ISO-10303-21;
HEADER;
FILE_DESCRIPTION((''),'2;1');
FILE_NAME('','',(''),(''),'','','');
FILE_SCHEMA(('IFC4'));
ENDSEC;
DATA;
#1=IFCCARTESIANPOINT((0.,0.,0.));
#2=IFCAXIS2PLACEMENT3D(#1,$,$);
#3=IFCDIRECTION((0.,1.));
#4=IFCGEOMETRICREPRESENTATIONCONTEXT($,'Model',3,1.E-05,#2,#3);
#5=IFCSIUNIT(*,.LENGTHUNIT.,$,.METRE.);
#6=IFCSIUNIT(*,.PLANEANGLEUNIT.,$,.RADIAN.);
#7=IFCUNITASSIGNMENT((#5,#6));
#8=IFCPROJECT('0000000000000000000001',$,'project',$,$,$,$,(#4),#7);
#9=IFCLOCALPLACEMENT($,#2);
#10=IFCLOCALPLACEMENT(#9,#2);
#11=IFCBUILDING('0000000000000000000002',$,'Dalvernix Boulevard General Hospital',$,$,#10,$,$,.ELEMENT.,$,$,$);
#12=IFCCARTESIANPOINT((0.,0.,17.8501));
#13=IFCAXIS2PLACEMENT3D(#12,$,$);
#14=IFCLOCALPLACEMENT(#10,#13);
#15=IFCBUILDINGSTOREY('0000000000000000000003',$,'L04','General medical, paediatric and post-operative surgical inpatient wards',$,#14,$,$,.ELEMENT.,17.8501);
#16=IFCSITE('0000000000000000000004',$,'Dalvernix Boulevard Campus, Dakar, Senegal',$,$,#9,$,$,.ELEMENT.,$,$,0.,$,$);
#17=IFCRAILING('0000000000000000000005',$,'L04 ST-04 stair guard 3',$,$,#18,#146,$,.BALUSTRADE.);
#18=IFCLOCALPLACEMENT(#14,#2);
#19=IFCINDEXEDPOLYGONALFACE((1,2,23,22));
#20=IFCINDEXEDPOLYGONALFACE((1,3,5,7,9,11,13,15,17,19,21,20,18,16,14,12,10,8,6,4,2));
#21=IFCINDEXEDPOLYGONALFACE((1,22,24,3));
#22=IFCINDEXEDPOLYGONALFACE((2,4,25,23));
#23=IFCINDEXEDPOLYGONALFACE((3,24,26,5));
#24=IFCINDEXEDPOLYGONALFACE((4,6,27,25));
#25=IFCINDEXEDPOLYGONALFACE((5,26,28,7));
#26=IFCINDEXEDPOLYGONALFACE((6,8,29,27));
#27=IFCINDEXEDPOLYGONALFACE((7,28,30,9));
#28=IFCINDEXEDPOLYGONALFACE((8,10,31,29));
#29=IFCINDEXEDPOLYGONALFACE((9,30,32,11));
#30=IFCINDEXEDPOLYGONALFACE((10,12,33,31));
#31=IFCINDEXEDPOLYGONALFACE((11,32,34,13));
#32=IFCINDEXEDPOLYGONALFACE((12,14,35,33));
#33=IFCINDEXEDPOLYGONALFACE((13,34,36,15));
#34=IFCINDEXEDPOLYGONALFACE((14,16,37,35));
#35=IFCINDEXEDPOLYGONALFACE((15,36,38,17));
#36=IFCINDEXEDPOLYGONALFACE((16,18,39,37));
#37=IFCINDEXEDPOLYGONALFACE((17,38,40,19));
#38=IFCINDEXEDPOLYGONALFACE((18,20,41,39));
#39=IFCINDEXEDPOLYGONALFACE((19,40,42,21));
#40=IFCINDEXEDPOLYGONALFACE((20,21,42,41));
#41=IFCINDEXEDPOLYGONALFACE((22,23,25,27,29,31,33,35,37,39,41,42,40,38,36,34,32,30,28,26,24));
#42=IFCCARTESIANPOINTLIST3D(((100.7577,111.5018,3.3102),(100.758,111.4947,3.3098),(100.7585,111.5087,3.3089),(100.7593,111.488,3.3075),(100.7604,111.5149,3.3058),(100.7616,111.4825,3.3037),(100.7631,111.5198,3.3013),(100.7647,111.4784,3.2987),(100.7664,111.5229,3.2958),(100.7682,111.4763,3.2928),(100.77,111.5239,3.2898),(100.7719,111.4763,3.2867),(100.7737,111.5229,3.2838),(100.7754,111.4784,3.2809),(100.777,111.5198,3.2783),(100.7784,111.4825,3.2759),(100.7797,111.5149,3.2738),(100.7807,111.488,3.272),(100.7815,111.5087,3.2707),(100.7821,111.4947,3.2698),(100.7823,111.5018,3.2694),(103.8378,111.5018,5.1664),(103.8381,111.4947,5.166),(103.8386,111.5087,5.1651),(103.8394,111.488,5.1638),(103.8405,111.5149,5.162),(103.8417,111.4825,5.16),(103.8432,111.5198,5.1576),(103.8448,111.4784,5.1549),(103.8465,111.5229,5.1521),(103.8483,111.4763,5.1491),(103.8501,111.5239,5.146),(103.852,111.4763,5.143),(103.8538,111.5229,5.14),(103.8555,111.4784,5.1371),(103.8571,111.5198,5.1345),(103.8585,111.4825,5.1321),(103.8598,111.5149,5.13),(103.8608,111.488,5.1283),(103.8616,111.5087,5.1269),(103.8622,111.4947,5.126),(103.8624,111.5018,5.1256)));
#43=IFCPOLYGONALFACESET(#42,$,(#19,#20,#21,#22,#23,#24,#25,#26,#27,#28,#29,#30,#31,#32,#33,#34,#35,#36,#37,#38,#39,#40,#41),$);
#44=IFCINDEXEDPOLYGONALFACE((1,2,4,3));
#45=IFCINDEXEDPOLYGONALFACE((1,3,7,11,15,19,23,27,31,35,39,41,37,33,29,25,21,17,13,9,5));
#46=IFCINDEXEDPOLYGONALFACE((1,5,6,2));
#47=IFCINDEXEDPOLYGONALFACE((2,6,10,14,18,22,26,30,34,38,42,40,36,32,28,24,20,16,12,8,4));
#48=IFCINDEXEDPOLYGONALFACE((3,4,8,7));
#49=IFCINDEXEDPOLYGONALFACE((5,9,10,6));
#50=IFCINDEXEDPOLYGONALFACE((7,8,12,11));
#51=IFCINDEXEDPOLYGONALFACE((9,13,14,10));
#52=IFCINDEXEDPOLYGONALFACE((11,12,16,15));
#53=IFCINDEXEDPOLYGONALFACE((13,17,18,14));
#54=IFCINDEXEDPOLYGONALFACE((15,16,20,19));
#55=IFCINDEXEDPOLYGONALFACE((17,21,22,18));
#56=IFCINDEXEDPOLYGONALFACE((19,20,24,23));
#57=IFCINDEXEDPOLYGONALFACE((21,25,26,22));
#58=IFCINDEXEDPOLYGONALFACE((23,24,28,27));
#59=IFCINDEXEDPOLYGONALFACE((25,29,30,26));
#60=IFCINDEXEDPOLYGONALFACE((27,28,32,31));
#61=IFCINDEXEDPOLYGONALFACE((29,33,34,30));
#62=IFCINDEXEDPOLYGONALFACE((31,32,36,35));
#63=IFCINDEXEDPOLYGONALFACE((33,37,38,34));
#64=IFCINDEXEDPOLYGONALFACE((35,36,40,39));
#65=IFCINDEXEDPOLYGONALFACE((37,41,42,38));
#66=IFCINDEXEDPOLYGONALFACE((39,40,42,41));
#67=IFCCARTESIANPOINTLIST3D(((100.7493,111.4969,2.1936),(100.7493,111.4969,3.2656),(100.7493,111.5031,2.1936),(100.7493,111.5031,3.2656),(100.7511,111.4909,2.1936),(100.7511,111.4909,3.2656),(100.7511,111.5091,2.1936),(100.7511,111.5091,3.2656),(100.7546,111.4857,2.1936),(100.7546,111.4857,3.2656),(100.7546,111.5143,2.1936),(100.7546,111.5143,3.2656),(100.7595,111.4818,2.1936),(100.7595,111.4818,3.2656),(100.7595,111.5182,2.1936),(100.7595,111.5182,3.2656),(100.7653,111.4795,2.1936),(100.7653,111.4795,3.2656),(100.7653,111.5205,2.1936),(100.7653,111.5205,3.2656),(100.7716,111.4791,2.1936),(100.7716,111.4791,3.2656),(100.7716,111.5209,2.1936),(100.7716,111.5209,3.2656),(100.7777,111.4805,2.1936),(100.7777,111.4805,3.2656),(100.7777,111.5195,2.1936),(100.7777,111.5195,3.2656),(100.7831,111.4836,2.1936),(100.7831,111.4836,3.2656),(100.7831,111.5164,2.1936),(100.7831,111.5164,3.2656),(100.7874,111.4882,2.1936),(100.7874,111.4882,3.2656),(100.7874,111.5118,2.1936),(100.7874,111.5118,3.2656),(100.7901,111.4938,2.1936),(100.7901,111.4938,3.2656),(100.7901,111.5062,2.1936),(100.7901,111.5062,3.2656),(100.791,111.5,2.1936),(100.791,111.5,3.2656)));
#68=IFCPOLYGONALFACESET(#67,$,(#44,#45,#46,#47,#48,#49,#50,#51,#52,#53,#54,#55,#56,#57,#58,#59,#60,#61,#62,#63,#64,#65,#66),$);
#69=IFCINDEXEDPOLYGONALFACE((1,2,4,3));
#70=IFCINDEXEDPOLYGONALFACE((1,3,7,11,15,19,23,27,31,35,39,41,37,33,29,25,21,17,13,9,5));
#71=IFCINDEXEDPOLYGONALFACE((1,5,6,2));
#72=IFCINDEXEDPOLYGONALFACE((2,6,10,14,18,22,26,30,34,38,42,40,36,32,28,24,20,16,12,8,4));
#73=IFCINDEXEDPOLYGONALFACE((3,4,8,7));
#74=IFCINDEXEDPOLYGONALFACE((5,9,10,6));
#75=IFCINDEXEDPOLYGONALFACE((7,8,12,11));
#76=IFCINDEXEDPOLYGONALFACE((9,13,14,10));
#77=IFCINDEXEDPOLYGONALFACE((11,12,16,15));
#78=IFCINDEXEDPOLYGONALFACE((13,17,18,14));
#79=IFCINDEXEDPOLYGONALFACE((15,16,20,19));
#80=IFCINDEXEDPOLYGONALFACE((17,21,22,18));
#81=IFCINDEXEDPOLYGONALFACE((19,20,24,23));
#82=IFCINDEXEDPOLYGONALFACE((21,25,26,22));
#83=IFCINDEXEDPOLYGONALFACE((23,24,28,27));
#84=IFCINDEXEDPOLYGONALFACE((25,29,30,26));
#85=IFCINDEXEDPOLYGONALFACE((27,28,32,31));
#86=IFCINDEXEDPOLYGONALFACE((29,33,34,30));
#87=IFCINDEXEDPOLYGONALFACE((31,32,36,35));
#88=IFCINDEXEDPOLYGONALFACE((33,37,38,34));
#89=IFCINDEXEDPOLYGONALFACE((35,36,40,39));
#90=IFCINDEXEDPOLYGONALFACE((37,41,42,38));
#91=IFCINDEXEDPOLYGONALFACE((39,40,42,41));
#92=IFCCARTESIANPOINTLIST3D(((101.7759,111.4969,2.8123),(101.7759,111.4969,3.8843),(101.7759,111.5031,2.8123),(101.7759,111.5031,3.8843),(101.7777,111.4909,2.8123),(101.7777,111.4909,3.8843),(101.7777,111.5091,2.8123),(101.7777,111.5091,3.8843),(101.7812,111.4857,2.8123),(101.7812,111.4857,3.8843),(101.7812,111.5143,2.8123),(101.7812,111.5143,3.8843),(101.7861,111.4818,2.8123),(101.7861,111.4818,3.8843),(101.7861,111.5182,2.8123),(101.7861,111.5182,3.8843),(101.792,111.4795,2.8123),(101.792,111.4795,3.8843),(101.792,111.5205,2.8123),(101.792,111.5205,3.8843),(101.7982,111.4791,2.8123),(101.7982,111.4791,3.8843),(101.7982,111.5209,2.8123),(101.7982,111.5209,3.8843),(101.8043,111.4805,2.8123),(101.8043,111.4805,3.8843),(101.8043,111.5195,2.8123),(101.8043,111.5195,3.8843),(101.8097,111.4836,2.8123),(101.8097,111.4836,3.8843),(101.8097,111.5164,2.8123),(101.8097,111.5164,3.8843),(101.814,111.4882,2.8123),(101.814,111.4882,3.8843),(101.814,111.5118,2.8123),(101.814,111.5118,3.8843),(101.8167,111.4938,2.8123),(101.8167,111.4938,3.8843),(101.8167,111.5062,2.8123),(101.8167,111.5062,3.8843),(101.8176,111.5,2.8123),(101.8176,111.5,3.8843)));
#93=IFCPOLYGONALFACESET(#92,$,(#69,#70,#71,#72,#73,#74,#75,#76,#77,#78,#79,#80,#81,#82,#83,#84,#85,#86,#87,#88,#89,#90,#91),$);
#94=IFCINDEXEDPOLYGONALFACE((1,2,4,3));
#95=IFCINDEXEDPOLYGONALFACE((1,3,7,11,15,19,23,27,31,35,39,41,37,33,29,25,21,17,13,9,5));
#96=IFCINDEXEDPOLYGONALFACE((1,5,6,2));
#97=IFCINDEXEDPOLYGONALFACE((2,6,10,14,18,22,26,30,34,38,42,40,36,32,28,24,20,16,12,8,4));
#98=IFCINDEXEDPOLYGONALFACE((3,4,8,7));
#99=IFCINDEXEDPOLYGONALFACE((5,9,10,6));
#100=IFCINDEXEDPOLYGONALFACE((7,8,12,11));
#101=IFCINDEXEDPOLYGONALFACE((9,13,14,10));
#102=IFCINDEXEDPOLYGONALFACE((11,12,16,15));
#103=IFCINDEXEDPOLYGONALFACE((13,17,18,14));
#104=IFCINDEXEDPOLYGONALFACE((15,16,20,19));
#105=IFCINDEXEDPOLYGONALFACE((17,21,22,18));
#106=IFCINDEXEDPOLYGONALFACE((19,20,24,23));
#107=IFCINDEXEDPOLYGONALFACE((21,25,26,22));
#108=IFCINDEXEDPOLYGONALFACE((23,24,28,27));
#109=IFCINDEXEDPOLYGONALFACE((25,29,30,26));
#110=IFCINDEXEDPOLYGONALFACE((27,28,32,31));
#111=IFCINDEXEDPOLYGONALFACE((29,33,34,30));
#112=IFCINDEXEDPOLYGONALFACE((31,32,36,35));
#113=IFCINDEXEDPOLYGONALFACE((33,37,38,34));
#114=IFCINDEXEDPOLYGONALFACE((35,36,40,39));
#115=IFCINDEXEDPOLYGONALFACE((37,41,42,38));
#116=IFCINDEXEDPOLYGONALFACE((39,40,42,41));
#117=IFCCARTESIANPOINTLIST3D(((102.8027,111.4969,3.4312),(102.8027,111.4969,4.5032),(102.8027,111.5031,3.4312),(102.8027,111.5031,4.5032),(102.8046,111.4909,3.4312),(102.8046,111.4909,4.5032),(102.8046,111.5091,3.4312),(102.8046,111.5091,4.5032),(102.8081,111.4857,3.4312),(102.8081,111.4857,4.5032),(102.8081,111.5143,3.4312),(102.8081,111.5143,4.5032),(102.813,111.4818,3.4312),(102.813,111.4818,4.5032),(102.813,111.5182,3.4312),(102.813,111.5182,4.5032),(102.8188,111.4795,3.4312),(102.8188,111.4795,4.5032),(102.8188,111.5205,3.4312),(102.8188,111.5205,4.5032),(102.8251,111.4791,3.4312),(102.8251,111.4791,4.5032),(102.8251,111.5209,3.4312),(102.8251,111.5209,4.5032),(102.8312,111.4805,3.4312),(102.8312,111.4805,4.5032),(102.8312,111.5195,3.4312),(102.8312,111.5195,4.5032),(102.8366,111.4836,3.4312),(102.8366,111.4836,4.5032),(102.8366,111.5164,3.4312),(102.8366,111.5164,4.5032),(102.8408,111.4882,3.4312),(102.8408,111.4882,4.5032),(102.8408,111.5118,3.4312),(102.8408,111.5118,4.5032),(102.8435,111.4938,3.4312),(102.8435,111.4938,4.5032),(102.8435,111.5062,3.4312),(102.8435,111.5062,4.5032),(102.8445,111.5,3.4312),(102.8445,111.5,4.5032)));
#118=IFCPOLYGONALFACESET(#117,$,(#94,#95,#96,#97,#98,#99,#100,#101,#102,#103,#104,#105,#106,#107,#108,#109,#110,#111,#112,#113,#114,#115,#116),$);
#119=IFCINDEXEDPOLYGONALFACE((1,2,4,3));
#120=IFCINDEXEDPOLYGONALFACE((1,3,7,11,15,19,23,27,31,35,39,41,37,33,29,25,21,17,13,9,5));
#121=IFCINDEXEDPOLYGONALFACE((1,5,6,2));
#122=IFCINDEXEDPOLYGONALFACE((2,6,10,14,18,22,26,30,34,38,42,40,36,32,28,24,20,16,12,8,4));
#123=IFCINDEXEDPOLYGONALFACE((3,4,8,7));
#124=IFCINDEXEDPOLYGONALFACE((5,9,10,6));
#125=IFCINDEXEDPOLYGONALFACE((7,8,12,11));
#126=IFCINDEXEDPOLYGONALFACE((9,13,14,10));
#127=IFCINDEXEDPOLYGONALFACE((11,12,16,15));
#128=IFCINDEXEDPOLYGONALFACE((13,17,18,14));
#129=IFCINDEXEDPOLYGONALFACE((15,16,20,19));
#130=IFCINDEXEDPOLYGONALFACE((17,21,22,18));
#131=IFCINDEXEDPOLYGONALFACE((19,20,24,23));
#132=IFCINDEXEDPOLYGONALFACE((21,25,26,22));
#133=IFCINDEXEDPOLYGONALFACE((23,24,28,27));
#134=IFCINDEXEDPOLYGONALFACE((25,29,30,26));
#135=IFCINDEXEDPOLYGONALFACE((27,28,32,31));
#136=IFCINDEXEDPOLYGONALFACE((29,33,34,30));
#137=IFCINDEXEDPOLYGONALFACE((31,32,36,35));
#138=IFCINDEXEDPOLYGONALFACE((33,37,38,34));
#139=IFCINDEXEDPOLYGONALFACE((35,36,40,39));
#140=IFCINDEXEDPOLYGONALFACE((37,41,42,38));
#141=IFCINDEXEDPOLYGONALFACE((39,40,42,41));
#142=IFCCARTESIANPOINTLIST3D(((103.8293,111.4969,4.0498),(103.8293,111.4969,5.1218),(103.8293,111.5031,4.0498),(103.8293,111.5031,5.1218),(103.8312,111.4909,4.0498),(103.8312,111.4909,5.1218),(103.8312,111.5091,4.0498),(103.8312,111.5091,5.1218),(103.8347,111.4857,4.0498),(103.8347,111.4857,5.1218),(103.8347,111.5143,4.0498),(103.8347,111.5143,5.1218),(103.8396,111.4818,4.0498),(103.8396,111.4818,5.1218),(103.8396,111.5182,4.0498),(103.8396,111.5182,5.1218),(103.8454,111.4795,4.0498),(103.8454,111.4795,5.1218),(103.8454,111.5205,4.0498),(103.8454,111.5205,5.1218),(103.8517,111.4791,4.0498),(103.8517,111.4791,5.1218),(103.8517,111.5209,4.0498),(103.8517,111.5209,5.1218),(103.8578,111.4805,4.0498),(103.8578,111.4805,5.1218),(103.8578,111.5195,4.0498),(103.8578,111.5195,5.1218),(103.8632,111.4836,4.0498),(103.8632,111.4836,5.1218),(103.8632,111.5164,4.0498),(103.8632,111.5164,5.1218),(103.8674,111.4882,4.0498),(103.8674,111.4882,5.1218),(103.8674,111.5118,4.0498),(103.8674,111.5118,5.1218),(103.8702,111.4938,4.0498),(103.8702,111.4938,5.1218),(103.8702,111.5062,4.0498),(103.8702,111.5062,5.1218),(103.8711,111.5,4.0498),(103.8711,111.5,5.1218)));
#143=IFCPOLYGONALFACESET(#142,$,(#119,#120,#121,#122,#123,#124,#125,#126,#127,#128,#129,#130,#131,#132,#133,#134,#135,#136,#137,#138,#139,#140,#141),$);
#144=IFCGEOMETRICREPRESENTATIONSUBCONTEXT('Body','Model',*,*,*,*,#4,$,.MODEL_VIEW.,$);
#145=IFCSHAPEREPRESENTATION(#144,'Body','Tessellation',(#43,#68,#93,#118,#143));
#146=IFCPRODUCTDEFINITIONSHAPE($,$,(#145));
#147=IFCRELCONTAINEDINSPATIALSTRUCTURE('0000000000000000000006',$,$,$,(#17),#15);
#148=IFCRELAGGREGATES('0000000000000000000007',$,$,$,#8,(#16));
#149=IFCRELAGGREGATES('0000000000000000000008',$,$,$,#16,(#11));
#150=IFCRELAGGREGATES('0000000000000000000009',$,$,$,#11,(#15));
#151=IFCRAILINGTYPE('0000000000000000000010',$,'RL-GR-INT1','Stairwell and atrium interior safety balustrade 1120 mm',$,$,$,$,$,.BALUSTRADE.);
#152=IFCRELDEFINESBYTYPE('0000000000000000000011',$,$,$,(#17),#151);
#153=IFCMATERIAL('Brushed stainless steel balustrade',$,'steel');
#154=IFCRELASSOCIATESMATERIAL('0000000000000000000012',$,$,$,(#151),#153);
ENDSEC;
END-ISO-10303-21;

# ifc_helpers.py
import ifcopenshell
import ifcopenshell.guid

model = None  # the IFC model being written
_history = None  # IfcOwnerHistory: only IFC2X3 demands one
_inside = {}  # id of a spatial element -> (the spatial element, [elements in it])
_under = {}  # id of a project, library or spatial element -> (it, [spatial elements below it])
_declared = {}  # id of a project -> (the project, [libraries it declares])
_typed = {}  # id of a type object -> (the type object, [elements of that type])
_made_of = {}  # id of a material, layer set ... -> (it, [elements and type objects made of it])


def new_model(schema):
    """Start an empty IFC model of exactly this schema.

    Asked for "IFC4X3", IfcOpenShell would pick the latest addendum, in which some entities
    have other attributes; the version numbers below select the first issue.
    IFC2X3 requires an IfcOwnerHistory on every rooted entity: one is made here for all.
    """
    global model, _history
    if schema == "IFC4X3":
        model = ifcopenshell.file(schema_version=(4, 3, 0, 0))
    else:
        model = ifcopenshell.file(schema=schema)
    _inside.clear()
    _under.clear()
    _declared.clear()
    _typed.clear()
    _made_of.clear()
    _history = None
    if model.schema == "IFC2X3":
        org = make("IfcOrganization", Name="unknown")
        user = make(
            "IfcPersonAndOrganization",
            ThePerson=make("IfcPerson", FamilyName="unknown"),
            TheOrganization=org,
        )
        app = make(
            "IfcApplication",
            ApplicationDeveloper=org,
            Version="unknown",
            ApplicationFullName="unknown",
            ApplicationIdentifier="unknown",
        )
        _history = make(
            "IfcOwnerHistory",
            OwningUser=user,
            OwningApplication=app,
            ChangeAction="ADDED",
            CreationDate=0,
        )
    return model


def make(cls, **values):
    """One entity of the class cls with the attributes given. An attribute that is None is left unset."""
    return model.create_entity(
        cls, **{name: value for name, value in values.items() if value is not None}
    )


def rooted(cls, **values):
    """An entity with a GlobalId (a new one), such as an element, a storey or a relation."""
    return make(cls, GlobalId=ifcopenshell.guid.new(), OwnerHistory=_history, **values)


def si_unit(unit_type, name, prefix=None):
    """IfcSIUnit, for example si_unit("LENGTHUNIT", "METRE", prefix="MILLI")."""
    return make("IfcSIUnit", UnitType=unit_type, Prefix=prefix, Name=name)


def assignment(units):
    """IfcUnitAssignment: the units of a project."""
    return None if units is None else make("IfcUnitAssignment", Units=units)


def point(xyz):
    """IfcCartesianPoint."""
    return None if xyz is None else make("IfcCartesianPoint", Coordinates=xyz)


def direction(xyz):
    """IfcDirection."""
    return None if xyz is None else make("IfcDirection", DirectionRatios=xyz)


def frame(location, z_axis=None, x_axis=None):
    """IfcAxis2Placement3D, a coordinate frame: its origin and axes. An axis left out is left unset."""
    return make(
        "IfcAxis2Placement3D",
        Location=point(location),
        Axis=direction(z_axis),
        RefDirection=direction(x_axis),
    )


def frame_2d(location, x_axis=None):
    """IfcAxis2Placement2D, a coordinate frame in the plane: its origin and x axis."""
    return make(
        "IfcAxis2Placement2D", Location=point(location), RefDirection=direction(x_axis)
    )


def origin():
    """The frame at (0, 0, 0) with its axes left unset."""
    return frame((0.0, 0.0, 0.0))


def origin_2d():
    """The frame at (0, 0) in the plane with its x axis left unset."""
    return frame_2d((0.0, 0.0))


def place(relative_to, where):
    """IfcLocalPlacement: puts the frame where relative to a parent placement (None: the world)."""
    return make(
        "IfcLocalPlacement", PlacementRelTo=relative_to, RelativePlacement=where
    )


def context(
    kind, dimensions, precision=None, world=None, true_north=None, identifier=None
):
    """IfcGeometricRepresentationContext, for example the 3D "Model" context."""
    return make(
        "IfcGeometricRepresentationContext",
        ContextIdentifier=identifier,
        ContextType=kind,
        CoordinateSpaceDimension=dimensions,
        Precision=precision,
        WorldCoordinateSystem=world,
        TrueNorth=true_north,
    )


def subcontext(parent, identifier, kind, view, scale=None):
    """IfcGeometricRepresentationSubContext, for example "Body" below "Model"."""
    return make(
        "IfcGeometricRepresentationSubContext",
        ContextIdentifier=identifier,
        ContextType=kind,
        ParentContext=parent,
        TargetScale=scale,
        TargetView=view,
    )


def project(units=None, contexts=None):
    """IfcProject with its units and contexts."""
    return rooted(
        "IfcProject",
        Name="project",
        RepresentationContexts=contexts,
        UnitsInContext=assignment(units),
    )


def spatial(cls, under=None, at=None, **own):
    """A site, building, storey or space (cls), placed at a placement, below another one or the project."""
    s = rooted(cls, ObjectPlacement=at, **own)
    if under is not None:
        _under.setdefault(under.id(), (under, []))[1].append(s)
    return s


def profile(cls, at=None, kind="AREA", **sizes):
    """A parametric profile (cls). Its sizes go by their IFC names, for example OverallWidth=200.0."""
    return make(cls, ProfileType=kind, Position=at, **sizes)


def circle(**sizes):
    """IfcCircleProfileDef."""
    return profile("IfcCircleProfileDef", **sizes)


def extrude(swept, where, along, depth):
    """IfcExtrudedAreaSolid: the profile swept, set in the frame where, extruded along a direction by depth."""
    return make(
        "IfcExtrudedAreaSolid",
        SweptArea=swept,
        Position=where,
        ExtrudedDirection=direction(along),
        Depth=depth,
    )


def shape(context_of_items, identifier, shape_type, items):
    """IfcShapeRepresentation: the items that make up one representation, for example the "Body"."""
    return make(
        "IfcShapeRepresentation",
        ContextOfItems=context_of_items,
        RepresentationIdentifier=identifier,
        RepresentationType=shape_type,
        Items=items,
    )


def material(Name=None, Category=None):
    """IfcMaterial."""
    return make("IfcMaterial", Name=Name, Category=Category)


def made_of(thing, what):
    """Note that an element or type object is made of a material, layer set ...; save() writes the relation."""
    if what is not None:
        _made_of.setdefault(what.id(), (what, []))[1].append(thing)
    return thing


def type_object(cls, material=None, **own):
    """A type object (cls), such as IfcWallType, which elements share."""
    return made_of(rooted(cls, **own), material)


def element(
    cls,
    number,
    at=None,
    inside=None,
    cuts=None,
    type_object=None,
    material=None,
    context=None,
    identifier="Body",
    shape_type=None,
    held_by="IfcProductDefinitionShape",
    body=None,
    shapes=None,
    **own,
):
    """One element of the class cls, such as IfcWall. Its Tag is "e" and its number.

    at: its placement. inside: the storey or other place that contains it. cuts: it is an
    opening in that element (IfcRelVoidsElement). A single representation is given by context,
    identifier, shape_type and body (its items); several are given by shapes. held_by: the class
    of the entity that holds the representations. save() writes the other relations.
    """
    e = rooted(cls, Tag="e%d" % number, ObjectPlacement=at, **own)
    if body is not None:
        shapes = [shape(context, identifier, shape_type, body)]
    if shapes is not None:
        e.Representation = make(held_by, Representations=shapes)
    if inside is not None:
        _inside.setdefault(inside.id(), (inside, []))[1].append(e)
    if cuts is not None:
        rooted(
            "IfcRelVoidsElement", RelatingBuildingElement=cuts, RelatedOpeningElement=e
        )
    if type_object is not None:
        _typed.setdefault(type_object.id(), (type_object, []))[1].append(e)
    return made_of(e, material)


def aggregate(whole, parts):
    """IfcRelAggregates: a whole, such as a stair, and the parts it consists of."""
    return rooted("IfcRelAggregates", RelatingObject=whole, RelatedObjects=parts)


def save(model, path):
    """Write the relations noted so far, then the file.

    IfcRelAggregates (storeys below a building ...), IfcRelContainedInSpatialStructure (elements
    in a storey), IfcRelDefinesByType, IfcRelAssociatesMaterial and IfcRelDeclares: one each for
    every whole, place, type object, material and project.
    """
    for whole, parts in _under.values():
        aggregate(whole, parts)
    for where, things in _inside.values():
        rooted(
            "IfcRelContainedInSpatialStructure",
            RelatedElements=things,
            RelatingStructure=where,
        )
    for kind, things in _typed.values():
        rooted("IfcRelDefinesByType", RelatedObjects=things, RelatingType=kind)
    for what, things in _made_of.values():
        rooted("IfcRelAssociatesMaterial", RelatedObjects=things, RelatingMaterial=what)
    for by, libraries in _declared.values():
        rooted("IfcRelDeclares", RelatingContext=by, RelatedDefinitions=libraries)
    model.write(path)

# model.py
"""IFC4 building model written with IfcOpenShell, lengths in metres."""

from ifc_helpers import new_model, si_unit, direction, frame, origin, origin_2d, place, context, subcontext, project, spatial, circle, extrude, material, type_object, element, save


model = new_model("IFC4")

# Units and contexts
model_context = context("Model", 3, precision=1e-05, world=origin(), true_north=direction((0.0, 1.0)))
body_context = subcontext(model_context, "Body", "Model", "MODEL_VIEW")
ifc_project = project(units=[si_unit("LENGTHUNIT", "METRE"), si_unit("PLANEANGLEUNIT", "RADIAN")], contexts=[model_context])

# Site, building, storey
site_placement = place(None, origin())
site = spatial("IfcSite", under=ifc_project, at=site_placement, Name="Dalvernix Boulevard Campus, Dakar, Senegal", CompositionType="ELEMENT", RefElevation=0.0)
building_placement = place(site_placement, origin())
building = spatial("IfcBuilding", under=site, at=building_placement, Name="Dalvernix Boulevard General Hospital", CompositionType="ELEMENT")
storey_placement = place(building_placement, frame((0.0, 0.0, 17.8501)))
storey = spatial("IfcBuildingStorey", under=building, at=storey_placement, Name="L04", Description="General medical, paediatric and post-operative surgical inpatient wards", CompositionType="ELEMENT", Elevation=17.8501)

# Railing
ifc_material_1 = material(Name="Brushed stainless steel balustrade", Category="steel")
railing_type_1 = type_object("IfcRailingType", Name="RL-GR-INT1", Description="Stairwell and atrium interior safety balustrade 1120 mm", PredefinedType="BALUSTRADE", material=ifc_material_1)
railing_1_placement = place(storey_placement, frame((100.77, 111.5, 2.1936)))
element("IfcRailing", 1, at=railing_1_placement, inside=storey, type_object=railing_type_1, Name="L04 ST-04 stair guard 3", PredefinedType="BALUSTRADE", context=body_context, shape_type="SweptSolid", body=[
    extrude(circle(Radius=0.0239, at=origin_2d()), frame((0.0, 0.0, 1.0962), z_axis=(0.856491, 0.0, 0.516162), x_axis=(0.0, 1.0, 0.0)), (0.0, 0.0, 1.0), 3.5962),
    extrude(circle(Radius=0.021, at=origin_2d()), origin(), (0.0, 0.0, 1.0), 1.072),
    extrude(circle(Radius=0.021, at=origin_2d()), frame((1.0266, 0.0, 0.6187)), (0.0, 0.0, 1.0), 1.072),
    extrude(circle(Radius=0.021, at=origin_2d()), frame((2.0535, 0.0, 1.2375)), (0.0, 0.0, 1.0), 1.072),
    extrude(circle(Radius=0.021, at=origin_2d()), frame((3.0801, 0.0, 1.8562)), (0.0, 0.0, 1.0), 1.072),
])

save(model, "model.ifc")
